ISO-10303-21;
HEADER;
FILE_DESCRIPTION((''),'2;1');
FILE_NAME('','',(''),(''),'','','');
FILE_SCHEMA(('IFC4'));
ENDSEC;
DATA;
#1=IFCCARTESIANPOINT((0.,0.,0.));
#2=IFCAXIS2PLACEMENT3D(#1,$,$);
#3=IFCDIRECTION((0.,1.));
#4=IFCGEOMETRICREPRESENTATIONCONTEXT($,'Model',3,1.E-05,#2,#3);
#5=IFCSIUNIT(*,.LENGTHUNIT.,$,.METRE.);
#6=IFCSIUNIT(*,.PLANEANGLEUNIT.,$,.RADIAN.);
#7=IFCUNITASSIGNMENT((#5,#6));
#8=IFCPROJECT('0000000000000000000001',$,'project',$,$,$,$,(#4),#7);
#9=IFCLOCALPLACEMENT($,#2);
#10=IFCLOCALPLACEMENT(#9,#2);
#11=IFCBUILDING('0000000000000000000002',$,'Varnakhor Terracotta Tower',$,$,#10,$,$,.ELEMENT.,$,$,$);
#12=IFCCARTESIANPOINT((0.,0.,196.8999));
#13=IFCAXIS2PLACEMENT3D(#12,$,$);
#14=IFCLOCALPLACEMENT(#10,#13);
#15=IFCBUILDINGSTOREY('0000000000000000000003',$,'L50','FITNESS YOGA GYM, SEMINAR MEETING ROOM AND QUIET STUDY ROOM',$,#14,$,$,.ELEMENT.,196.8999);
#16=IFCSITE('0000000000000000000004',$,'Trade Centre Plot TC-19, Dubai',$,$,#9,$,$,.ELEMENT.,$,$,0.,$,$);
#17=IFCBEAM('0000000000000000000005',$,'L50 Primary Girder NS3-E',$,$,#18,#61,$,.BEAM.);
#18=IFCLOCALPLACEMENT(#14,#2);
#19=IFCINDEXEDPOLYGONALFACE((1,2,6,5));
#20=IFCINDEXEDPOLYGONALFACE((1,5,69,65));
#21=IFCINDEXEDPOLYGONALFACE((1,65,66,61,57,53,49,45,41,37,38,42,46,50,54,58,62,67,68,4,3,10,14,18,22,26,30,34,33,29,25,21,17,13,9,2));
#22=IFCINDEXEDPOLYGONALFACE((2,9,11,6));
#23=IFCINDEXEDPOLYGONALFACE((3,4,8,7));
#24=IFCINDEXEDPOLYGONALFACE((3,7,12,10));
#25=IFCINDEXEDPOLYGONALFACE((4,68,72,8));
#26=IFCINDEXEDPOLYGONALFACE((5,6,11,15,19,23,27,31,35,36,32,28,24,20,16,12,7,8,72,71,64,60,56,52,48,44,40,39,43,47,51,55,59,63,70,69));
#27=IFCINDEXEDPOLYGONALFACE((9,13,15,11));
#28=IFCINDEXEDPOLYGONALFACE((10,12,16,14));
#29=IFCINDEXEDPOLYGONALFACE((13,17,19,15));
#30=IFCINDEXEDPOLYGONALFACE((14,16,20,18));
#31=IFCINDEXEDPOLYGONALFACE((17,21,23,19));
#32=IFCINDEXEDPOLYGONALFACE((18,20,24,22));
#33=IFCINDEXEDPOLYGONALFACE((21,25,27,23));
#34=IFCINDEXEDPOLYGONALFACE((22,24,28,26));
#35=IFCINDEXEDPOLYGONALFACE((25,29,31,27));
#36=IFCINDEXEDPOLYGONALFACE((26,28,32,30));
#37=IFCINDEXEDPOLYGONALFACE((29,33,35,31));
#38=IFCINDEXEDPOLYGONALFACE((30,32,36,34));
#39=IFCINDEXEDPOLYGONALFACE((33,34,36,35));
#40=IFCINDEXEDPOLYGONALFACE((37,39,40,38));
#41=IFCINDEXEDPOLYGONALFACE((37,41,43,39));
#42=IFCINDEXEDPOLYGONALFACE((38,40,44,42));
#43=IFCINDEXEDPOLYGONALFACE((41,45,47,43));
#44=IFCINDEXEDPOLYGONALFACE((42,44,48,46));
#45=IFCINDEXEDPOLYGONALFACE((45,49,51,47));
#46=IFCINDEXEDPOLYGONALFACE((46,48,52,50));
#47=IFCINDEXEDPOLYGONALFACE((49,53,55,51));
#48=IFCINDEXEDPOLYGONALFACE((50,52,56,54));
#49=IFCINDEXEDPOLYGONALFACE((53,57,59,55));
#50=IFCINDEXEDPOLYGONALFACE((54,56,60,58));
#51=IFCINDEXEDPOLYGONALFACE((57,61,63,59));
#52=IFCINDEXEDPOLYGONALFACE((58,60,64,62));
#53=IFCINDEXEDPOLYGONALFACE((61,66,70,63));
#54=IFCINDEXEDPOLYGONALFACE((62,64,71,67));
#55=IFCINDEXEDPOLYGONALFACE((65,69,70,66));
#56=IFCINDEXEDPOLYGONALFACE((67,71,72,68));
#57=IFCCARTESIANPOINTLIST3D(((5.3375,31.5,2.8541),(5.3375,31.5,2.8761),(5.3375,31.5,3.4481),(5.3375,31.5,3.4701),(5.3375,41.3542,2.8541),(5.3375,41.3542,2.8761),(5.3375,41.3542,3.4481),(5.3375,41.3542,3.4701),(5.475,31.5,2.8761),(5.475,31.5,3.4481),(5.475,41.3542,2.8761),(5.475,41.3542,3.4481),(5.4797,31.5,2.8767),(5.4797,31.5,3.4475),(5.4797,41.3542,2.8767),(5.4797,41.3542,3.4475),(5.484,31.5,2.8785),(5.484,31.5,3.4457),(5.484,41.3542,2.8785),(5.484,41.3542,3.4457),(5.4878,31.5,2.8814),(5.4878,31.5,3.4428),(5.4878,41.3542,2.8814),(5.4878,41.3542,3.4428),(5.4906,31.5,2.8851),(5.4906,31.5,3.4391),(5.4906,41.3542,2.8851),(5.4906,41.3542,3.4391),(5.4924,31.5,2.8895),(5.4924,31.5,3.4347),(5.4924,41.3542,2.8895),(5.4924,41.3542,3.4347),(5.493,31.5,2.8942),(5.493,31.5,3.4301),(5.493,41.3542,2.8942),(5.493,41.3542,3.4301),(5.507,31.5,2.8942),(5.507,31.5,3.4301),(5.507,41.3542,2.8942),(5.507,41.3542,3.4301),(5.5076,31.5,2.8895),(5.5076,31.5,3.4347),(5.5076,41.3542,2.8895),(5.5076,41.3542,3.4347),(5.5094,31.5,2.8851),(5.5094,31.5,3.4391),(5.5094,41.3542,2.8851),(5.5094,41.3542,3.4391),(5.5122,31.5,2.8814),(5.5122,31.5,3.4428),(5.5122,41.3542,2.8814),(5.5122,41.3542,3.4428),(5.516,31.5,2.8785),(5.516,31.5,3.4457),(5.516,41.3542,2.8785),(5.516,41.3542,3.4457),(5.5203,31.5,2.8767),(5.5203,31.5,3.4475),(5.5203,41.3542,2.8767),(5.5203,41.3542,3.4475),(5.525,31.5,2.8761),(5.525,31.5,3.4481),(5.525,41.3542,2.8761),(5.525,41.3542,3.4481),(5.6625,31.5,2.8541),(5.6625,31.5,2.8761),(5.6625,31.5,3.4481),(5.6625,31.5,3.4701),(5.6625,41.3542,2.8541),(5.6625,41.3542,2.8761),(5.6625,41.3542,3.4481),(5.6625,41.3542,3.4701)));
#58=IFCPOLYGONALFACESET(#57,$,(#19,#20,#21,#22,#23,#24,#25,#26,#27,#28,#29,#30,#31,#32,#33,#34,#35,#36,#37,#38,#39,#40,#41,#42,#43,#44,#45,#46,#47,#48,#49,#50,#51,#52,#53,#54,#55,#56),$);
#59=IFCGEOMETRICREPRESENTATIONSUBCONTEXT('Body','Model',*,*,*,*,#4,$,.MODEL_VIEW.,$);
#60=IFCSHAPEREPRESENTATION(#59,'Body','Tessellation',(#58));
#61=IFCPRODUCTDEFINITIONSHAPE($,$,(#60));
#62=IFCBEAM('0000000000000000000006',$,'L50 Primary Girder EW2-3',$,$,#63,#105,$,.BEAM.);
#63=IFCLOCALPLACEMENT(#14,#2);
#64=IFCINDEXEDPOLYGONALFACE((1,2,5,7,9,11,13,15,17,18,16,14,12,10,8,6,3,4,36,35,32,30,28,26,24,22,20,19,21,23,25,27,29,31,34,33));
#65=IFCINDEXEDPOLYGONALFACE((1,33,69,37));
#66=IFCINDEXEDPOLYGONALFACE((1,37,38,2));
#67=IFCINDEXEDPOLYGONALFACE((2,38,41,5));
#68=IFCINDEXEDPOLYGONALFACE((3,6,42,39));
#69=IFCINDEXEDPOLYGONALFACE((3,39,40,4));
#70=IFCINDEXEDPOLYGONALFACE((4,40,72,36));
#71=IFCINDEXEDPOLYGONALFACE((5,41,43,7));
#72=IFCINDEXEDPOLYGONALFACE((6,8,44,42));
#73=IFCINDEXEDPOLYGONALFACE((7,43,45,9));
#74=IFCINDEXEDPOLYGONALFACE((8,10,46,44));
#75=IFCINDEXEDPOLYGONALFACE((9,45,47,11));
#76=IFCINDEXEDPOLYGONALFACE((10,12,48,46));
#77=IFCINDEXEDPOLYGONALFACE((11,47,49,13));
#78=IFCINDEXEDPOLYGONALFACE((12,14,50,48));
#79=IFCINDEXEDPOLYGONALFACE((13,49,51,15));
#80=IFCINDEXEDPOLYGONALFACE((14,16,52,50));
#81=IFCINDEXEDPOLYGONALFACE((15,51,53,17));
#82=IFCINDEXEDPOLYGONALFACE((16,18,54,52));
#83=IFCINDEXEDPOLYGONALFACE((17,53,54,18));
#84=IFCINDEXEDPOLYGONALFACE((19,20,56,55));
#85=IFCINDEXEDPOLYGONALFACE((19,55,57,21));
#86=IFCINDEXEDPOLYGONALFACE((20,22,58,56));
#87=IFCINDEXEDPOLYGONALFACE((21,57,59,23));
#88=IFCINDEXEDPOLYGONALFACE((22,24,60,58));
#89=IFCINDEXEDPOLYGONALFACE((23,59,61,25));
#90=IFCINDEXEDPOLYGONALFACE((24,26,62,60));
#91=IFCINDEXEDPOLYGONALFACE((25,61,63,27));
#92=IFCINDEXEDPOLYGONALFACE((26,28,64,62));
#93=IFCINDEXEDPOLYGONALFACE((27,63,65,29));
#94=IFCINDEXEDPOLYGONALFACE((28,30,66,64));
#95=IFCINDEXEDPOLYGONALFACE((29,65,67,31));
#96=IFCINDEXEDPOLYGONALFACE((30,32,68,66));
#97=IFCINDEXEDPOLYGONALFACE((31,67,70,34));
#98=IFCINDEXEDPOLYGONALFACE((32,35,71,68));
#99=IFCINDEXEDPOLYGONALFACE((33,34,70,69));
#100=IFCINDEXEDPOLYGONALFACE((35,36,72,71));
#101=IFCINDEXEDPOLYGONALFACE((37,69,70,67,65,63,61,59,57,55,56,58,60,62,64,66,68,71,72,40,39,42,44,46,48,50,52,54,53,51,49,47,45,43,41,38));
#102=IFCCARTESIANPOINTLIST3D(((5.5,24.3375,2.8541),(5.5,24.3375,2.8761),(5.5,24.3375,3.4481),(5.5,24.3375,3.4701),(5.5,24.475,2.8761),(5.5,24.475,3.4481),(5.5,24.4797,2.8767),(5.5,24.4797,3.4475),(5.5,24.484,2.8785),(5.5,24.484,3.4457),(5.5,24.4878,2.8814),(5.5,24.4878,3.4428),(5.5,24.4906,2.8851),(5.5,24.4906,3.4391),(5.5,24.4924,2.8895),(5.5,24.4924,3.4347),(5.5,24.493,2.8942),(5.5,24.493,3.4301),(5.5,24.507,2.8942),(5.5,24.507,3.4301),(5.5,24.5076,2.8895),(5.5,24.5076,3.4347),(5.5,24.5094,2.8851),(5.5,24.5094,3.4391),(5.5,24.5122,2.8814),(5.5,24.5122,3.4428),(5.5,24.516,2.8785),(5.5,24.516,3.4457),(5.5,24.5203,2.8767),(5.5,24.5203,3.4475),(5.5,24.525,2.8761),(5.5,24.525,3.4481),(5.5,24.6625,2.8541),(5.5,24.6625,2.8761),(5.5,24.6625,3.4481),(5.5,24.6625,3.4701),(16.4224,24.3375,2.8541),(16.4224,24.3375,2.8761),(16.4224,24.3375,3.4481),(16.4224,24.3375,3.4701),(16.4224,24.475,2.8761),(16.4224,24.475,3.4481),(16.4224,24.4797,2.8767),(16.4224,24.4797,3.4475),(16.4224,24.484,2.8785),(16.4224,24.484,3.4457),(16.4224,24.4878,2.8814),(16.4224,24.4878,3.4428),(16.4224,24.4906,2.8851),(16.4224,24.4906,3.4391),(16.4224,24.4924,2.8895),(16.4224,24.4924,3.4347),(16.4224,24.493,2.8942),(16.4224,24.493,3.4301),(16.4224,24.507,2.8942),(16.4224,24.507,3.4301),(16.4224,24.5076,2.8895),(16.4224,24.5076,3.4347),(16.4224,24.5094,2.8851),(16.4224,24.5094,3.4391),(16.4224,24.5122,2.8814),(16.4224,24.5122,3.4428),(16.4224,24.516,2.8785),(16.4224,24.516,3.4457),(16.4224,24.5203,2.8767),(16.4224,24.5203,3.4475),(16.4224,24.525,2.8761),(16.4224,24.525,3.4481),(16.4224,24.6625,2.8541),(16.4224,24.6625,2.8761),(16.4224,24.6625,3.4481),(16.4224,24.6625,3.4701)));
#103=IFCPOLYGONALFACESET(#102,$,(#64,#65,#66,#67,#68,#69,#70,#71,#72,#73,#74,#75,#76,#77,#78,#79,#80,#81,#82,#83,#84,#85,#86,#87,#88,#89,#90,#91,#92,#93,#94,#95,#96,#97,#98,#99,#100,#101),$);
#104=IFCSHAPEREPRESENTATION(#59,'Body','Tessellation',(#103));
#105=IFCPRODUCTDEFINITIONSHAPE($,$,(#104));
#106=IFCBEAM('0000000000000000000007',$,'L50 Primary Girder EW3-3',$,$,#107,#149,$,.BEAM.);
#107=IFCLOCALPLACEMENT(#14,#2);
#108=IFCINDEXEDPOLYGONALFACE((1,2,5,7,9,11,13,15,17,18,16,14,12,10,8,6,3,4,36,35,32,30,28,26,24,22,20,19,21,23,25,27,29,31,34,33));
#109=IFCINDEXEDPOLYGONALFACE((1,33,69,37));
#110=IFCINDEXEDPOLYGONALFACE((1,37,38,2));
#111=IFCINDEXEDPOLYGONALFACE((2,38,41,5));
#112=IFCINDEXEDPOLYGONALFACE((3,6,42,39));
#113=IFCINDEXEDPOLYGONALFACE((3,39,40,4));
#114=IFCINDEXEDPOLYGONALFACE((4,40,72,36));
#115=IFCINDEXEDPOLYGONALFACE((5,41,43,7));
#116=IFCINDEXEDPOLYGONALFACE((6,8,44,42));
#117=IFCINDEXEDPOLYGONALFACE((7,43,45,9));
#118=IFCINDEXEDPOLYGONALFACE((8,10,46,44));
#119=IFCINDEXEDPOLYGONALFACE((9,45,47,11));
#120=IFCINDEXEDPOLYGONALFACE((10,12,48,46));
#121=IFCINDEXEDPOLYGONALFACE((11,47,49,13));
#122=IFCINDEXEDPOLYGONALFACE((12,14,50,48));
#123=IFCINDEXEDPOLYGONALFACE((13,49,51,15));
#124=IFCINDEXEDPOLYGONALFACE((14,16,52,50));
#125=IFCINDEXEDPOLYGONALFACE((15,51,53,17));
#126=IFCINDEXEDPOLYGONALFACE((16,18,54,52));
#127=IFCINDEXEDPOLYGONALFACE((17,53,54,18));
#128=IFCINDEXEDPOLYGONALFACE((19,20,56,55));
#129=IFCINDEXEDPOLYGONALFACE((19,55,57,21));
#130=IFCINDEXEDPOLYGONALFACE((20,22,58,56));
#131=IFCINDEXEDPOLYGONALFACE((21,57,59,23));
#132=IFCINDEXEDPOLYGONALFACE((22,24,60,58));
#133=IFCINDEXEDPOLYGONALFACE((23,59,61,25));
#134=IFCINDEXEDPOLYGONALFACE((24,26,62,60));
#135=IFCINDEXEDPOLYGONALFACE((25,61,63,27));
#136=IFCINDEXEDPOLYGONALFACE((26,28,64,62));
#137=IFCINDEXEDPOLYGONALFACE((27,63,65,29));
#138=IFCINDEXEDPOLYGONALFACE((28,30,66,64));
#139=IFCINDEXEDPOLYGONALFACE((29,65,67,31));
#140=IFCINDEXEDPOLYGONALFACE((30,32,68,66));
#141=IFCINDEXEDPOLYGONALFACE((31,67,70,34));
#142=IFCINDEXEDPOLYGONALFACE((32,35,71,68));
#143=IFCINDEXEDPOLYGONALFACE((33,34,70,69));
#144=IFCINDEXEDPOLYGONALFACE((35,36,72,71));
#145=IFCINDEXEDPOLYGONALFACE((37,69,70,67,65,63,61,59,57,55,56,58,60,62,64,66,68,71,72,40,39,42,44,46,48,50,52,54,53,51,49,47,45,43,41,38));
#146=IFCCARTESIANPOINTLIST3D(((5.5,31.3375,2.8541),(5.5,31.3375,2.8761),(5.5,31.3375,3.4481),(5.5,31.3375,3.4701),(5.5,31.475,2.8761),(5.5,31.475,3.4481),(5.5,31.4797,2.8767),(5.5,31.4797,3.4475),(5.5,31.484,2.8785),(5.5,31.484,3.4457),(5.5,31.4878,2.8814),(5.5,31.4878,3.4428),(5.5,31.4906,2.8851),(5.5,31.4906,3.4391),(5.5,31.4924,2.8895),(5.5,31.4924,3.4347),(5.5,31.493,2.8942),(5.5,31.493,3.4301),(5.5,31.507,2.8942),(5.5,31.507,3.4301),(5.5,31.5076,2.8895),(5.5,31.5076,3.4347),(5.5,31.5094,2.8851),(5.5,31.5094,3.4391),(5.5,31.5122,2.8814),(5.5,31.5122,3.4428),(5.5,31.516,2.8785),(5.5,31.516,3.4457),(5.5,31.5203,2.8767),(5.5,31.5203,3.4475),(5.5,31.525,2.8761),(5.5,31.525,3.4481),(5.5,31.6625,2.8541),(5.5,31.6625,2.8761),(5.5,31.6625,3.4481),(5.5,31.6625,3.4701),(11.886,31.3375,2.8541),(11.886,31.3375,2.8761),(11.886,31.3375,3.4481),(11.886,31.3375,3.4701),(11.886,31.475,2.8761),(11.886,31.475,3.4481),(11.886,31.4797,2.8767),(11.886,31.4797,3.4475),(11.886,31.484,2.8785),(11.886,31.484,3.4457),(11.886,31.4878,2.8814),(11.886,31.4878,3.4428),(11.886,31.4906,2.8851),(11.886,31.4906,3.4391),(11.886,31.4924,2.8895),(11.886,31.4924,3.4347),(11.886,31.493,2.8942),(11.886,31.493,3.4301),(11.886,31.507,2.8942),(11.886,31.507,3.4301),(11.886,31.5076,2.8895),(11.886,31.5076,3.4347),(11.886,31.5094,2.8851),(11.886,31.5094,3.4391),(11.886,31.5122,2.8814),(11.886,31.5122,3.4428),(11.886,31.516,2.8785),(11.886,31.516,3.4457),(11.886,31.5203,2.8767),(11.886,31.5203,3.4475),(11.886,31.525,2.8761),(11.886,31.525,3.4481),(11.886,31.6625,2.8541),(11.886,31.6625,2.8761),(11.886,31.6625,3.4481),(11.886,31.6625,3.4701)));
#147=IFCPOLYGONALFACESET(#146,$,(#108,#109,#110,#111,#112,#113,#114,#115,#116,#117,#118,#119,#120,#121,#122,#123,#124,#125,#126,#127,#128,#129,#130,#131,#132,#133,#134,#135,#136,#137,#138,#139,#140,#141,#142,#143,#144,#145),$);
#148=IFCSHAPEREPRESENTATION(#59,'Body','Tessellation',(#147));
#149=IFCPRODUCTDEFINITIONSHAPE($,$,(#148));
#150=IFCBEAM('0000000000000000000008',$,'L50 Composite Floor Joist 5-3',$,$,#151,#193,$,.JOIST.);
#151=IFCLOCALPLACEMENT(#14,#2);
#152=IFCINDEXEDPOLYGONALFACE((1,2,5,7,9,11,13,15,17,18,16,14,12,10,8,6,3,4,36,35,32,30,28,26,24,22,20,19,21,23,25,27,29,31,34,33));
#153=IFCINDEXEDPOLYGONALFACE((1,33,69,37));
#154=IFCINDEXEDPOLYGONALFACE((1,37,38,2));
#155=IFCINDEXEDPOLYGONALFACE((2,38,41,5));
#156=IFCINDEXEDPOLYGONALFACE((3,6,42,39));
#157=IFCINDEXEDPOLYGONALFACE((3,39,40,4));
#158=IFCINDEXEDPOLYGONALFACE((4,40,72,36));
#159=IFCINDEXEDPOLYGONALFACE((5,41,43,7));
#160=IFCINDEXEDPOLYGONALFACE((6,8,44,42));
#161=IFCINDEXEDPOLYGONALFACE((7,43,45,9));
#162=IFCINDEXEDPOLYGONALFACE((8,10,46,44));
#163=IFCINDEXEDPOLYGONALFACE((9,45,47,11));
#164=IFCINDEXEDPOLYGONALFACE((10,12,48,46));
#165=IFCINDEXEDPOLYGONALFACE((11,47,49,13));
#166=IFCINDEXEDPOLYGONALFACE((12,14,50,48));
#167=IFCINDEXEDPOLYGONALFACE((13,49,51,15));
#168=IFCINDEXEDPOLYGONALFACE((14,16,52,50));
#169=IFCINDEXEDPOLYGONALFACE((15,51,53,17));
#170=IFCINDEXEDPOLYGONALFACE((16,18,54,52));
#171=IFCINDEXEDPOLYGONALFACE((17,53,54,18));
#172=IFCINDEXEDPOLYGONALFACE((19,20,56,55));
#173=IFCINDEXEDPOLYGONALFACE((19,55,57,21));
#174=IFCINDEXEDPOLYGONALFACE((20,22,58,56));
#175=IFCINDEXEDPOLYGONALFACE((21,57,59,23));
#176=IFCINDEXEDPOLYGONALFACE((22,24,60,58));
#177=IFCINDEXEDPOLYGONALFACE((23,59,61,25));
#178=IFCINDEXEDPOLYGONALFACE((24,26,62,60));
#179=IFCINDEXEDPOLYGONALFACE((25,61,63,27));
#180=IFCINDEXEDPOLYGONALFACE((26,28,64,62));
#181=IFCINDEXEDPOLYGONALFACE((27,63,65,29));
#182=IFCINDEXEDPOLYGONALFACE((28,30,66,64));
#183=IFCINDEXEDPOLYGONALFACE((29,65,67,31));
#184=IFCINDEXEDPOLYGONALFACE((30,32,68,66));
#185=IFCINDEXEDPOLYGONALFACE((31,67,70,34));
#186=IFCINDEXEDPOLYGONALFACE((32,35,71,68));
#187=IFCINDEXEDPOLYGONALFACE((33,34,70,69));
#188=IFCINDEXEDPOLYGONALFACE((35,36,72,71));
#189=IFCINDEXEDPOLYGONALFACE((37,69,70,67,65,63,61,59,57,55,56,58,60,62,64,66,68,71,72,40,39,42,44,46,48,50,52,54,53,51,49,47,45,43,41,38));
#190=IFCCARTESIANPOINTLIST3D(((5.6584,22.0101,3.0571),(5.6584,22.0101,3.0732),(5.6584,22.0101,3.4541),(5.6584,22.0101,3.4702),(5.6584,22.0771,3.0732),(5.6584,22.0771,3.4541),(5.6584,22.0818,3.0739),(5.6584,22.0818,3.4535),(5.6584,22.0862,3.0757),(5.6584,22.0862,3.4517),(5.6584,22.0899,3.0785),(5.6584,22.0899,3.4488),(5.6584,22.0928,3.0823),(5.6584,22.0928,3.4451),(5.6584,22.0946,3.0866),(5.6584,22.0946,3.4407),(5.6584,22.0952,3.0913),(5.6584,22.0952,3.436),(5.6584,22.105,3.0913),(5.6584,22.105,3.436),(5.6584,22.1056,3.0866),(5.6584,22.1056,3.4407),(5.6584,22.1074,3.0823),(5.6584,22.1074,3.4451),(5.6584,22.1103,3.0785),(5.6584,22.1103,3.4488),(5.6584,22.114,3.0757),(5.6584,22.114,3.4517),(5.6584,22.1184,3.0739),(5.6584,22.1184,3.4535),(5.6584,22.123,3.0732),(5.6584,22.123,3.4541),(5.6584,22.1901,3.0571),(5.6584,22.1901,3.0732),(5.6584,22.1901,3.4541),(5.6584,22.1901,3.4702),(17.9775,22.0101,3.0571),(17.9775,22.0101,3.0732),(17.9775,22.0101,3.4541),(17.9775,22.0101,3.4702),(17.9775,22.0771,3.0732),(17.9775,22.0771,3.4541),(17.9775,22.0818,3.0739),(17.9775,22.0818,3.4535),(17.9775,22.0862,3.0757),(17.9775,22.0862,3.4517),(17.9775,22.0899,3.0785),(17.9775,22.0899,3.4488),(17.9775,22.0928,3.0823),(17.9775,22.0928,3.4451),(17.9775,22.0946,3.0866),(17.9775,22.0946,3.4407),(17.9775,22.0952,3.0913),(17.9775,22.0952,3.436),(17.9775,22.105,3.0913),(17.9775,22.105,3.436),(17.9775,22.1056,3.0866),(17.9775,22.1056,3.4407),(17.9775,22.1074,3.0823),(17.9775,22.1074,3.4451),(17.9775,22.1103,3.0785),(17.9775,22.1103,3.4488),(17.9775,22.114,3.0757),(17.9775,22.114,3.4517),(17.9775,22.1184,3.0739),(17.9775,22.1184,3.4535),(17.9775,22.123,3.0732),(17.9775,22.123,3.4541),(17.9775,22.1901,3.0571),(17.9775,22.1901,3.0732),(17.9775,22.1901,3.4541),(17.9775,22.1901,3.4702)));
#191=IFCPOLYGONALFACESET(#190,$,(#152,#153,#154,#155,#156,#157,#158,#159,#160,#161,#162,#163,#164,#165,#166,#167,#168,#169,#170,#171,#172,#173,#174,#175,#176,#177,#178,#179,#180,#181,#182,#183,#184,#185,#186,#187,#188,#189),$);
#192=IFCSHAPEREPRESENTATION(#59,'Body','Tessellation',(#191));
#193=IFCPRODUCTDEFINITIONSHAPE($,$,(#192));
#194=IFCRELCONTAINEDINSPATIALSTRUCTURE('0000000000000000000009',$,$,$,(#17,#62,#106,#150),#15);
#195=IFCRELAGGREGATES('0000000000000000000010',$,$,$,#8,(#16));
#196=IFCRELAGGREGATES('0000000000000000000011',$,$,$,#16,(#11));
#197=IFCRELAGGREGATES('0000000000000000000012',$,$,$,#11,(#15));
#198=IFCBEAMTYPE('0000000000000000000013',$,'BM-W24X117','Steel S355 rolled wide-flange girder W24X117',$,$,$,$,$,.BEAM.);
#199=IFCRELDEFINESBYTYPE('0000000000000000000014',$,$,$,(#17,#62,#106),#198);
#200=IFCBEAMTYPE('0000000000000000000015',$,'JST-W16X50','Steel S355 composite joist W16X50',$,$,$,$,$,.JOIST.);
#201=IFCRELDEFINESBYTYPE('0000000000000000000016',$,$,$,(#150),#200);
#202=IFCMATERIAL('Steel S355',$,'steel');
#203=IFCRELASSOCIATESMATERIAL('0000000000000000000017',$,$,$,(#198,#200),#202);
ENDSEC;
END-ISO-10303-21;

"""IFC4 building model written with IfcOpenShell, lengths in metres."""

from ifc_helpers import new_model, si_unit, direction, frame, origin, origin_2d, place, context, subcontext, project, spatial, i_section, extrude, source, transform, mapped, material, material_profile, profile_set, type_object, element, save


model = new_model("IFC4")

# Units and contexts
model_context = context("Model", 3, precision=1e-05, world=origin(), true_north=direction((0.0, 1.0)))
body_context = subcontext(model_context, "Body", "Model", "MODEL_VIEW")
ifc_project = project(units=[si_unit("LENGTHUNIT", "METRE"), si_unit("PLANEANGLEUNIT", "RADIAN")], contexts=[model_context])

# Site, building, storey
site_placement = place(None, origin())
site = spatial("IfcSite", under=ifc_project, at=site_placement, Name="Trade Centre Plot TC-19, Dubai", CompositionType="ELEMENT", RefElevation=0.0)
building_placement = place(site_placement, origin())
building = spatial("IfcBuilding", under=site, at=building_placement, Name="Varnakhor Terracotta Tower", CompositionType="ELEMENT")
storey_placement = place(building_placement, frame((0.0, 0.0, 196.8999)))
storey = spatial("IfcBuildingStorey", under=building, at=storey_placement, Name="L50", Description="FITNESS YOGA GYM, SEMINAR MEETING ROOM AND QUIET STUDY ROOM", CompositionType="ELEMENT", Elevation=196.8999)

# Beams
ifc_material_1 = material(Name="Steel S355", Category="steel")
ifc_material_profile_1 = material_profile(ifc_material_1, i_section(OverallWidth=0.325, OverallDepth=0.616, WebThickness=0.0139, FlangeThickness=0.022, FilletRadius=0.0181, at=origin_2d()), Name="W24X117")
ifc_profile_set_1 = profile_set([ifc_material_profile_1], Name="Steel S355")
beam_type_1 = type_object("IfcBeamType", Name="BM-W24X117", Description="Steel S355 rolled wide-flange girder W24X117", PredefinedType="BEAM", material=ifc_profile_set_1)
shared_shape_1 = source(origin(), body_context, "Body", "SweptSolid", [
    extrude(i_section(OverallWidth=0.325, OverallDepth=0.616, WebThickness=0.0139, FlangeThickness=0.022, FilletRadius=0.0181, at=origin_2d()), origin(), (0.0, 0.0, 1.0), 9.8542),
])
beam_1_placement = place(storey_placement, frame((5.5, 31.5, 3.1621), z_axis=(0.0, 1.0, 0.0), x_axis=(-1.0, 0.0, 0.0)))
element("IfcBeam", 1, at=beam_1_placement, inside=storey, type_object=beam_type_1, Name="L50 Primary Girder NS3-E", PredefinedType="BEAM", context=body_context, shape_type="MappedRepresentation", body=[
    mapped(shared_shape_1, transform((0.0, 0.0, 0.0), scale=1.0)),
])
shared_shape_2 = source(origin(), body_context, "Body", "SweptSolid", [
    extrude(i_section(OverallWidth=0.325, OverallDepth=0.616, WebThickness=0.0139, FlangeThickness=0.022, FilletRadius=0.0181, at=origin_2d()), origin(), (0.0, 0.0, 1.0), 10.9224),
])
beam_2_placement = place(storey_placement, frame((5.5, 24.5, 3.1621), z_axis=(1.0, 0.0, 0.0), x_axis=(0.0, 1.0, 0.0)))
element("IfcBeam", 2, at=beam_2_placement, inside=storey, type_object=beam_type_1, Name="L50 Primary Girder EW2-3", PredefinedType="BEAM", context=body_context, shape_type="MappedRepresentation", body=[
    mapped(shared_shape_2, transform((0.0, 0.0, 0.0), scale=1.0)),
])
shared_shape_3 = source(origin(), body_context, "Body", "SweptSolid", [
    extrude(i_section(OverallWidth=0.325, OverallDepth=0.616, WebThickness=0.0139, FlangeThickness=0.022, FilletRadius=0.0181, at=origin_2d()), origin(), (0.0, 0.0, 1.0), 6.386),
])
beam_3_placement = place(storey_placement, frame((5.5, 31.5, 3.1621), z_axis=(1.0, 0.0, 0.0), x_axis=(0.0, 1.0, 0.0)))
element("IfcBeam", 3, at=beam_3_placement, inside=storey, type_object=beam_type_1, Name="L50 Primary Girder EW3-3", PredefinedType="BEAM", context=body_context, shape_type="MappedRepresentation", body=[
    mapped(shared_shape_3, transform((0.0, 0.0, 0.0), scale=1.0)),
])
ifc_material_profile_2 = material_profile(ifc_material_1, i_section(OverallWidth=0.1799, OverallDepth=0.4131, WebThickness=0.0098, FlangeThickness=0.0161, FilletRadius=0.0181, at=origin_2d()), Name="W16X50")
ifc_profile_set_2 = profile_set([ifc_material_profile_2], Name="Steel S355")
beam_type_2 = type_object("IfcBeamType", Name="JST-W16X50", Description="Steel S355 composite joist W16X50", PredefinedType="JOIST", material=ifc_profile_set_2)
shared_shape_4 = source(origin(), body_context, "Body", "SweptSolid", [
    extrude(i_section(OverallWidth=0.1799, OverallDepth=0.4131, WebThickness=0.0098, FlangeThickness=0.0161, FilletRadius=0.0181, at=origin_2d()), origin(), (0.0, 0.0, 1.0), 12.3191),
])
beam_4_placement = place(storey_placement, frame((5.6584, 22.1001, 3.2637), z_axis=(1.0, 0.0, 0.0), x_axis=(0.0, 1.0, 0.0)))
element("IfcBeam", 4, at=beam_4_placement, inside=storey, type_object=beam_type_2, Name="L50 Composite Floor Joist 5-3", PredefinedType="JOIST", context=body_context, shape_type="MappedRepresentation", body=[
    mapped(shared_shape_4, transform((0.0, 0.0, 0.0), scale=1.0)),
])

save(model, "model.ifc")
